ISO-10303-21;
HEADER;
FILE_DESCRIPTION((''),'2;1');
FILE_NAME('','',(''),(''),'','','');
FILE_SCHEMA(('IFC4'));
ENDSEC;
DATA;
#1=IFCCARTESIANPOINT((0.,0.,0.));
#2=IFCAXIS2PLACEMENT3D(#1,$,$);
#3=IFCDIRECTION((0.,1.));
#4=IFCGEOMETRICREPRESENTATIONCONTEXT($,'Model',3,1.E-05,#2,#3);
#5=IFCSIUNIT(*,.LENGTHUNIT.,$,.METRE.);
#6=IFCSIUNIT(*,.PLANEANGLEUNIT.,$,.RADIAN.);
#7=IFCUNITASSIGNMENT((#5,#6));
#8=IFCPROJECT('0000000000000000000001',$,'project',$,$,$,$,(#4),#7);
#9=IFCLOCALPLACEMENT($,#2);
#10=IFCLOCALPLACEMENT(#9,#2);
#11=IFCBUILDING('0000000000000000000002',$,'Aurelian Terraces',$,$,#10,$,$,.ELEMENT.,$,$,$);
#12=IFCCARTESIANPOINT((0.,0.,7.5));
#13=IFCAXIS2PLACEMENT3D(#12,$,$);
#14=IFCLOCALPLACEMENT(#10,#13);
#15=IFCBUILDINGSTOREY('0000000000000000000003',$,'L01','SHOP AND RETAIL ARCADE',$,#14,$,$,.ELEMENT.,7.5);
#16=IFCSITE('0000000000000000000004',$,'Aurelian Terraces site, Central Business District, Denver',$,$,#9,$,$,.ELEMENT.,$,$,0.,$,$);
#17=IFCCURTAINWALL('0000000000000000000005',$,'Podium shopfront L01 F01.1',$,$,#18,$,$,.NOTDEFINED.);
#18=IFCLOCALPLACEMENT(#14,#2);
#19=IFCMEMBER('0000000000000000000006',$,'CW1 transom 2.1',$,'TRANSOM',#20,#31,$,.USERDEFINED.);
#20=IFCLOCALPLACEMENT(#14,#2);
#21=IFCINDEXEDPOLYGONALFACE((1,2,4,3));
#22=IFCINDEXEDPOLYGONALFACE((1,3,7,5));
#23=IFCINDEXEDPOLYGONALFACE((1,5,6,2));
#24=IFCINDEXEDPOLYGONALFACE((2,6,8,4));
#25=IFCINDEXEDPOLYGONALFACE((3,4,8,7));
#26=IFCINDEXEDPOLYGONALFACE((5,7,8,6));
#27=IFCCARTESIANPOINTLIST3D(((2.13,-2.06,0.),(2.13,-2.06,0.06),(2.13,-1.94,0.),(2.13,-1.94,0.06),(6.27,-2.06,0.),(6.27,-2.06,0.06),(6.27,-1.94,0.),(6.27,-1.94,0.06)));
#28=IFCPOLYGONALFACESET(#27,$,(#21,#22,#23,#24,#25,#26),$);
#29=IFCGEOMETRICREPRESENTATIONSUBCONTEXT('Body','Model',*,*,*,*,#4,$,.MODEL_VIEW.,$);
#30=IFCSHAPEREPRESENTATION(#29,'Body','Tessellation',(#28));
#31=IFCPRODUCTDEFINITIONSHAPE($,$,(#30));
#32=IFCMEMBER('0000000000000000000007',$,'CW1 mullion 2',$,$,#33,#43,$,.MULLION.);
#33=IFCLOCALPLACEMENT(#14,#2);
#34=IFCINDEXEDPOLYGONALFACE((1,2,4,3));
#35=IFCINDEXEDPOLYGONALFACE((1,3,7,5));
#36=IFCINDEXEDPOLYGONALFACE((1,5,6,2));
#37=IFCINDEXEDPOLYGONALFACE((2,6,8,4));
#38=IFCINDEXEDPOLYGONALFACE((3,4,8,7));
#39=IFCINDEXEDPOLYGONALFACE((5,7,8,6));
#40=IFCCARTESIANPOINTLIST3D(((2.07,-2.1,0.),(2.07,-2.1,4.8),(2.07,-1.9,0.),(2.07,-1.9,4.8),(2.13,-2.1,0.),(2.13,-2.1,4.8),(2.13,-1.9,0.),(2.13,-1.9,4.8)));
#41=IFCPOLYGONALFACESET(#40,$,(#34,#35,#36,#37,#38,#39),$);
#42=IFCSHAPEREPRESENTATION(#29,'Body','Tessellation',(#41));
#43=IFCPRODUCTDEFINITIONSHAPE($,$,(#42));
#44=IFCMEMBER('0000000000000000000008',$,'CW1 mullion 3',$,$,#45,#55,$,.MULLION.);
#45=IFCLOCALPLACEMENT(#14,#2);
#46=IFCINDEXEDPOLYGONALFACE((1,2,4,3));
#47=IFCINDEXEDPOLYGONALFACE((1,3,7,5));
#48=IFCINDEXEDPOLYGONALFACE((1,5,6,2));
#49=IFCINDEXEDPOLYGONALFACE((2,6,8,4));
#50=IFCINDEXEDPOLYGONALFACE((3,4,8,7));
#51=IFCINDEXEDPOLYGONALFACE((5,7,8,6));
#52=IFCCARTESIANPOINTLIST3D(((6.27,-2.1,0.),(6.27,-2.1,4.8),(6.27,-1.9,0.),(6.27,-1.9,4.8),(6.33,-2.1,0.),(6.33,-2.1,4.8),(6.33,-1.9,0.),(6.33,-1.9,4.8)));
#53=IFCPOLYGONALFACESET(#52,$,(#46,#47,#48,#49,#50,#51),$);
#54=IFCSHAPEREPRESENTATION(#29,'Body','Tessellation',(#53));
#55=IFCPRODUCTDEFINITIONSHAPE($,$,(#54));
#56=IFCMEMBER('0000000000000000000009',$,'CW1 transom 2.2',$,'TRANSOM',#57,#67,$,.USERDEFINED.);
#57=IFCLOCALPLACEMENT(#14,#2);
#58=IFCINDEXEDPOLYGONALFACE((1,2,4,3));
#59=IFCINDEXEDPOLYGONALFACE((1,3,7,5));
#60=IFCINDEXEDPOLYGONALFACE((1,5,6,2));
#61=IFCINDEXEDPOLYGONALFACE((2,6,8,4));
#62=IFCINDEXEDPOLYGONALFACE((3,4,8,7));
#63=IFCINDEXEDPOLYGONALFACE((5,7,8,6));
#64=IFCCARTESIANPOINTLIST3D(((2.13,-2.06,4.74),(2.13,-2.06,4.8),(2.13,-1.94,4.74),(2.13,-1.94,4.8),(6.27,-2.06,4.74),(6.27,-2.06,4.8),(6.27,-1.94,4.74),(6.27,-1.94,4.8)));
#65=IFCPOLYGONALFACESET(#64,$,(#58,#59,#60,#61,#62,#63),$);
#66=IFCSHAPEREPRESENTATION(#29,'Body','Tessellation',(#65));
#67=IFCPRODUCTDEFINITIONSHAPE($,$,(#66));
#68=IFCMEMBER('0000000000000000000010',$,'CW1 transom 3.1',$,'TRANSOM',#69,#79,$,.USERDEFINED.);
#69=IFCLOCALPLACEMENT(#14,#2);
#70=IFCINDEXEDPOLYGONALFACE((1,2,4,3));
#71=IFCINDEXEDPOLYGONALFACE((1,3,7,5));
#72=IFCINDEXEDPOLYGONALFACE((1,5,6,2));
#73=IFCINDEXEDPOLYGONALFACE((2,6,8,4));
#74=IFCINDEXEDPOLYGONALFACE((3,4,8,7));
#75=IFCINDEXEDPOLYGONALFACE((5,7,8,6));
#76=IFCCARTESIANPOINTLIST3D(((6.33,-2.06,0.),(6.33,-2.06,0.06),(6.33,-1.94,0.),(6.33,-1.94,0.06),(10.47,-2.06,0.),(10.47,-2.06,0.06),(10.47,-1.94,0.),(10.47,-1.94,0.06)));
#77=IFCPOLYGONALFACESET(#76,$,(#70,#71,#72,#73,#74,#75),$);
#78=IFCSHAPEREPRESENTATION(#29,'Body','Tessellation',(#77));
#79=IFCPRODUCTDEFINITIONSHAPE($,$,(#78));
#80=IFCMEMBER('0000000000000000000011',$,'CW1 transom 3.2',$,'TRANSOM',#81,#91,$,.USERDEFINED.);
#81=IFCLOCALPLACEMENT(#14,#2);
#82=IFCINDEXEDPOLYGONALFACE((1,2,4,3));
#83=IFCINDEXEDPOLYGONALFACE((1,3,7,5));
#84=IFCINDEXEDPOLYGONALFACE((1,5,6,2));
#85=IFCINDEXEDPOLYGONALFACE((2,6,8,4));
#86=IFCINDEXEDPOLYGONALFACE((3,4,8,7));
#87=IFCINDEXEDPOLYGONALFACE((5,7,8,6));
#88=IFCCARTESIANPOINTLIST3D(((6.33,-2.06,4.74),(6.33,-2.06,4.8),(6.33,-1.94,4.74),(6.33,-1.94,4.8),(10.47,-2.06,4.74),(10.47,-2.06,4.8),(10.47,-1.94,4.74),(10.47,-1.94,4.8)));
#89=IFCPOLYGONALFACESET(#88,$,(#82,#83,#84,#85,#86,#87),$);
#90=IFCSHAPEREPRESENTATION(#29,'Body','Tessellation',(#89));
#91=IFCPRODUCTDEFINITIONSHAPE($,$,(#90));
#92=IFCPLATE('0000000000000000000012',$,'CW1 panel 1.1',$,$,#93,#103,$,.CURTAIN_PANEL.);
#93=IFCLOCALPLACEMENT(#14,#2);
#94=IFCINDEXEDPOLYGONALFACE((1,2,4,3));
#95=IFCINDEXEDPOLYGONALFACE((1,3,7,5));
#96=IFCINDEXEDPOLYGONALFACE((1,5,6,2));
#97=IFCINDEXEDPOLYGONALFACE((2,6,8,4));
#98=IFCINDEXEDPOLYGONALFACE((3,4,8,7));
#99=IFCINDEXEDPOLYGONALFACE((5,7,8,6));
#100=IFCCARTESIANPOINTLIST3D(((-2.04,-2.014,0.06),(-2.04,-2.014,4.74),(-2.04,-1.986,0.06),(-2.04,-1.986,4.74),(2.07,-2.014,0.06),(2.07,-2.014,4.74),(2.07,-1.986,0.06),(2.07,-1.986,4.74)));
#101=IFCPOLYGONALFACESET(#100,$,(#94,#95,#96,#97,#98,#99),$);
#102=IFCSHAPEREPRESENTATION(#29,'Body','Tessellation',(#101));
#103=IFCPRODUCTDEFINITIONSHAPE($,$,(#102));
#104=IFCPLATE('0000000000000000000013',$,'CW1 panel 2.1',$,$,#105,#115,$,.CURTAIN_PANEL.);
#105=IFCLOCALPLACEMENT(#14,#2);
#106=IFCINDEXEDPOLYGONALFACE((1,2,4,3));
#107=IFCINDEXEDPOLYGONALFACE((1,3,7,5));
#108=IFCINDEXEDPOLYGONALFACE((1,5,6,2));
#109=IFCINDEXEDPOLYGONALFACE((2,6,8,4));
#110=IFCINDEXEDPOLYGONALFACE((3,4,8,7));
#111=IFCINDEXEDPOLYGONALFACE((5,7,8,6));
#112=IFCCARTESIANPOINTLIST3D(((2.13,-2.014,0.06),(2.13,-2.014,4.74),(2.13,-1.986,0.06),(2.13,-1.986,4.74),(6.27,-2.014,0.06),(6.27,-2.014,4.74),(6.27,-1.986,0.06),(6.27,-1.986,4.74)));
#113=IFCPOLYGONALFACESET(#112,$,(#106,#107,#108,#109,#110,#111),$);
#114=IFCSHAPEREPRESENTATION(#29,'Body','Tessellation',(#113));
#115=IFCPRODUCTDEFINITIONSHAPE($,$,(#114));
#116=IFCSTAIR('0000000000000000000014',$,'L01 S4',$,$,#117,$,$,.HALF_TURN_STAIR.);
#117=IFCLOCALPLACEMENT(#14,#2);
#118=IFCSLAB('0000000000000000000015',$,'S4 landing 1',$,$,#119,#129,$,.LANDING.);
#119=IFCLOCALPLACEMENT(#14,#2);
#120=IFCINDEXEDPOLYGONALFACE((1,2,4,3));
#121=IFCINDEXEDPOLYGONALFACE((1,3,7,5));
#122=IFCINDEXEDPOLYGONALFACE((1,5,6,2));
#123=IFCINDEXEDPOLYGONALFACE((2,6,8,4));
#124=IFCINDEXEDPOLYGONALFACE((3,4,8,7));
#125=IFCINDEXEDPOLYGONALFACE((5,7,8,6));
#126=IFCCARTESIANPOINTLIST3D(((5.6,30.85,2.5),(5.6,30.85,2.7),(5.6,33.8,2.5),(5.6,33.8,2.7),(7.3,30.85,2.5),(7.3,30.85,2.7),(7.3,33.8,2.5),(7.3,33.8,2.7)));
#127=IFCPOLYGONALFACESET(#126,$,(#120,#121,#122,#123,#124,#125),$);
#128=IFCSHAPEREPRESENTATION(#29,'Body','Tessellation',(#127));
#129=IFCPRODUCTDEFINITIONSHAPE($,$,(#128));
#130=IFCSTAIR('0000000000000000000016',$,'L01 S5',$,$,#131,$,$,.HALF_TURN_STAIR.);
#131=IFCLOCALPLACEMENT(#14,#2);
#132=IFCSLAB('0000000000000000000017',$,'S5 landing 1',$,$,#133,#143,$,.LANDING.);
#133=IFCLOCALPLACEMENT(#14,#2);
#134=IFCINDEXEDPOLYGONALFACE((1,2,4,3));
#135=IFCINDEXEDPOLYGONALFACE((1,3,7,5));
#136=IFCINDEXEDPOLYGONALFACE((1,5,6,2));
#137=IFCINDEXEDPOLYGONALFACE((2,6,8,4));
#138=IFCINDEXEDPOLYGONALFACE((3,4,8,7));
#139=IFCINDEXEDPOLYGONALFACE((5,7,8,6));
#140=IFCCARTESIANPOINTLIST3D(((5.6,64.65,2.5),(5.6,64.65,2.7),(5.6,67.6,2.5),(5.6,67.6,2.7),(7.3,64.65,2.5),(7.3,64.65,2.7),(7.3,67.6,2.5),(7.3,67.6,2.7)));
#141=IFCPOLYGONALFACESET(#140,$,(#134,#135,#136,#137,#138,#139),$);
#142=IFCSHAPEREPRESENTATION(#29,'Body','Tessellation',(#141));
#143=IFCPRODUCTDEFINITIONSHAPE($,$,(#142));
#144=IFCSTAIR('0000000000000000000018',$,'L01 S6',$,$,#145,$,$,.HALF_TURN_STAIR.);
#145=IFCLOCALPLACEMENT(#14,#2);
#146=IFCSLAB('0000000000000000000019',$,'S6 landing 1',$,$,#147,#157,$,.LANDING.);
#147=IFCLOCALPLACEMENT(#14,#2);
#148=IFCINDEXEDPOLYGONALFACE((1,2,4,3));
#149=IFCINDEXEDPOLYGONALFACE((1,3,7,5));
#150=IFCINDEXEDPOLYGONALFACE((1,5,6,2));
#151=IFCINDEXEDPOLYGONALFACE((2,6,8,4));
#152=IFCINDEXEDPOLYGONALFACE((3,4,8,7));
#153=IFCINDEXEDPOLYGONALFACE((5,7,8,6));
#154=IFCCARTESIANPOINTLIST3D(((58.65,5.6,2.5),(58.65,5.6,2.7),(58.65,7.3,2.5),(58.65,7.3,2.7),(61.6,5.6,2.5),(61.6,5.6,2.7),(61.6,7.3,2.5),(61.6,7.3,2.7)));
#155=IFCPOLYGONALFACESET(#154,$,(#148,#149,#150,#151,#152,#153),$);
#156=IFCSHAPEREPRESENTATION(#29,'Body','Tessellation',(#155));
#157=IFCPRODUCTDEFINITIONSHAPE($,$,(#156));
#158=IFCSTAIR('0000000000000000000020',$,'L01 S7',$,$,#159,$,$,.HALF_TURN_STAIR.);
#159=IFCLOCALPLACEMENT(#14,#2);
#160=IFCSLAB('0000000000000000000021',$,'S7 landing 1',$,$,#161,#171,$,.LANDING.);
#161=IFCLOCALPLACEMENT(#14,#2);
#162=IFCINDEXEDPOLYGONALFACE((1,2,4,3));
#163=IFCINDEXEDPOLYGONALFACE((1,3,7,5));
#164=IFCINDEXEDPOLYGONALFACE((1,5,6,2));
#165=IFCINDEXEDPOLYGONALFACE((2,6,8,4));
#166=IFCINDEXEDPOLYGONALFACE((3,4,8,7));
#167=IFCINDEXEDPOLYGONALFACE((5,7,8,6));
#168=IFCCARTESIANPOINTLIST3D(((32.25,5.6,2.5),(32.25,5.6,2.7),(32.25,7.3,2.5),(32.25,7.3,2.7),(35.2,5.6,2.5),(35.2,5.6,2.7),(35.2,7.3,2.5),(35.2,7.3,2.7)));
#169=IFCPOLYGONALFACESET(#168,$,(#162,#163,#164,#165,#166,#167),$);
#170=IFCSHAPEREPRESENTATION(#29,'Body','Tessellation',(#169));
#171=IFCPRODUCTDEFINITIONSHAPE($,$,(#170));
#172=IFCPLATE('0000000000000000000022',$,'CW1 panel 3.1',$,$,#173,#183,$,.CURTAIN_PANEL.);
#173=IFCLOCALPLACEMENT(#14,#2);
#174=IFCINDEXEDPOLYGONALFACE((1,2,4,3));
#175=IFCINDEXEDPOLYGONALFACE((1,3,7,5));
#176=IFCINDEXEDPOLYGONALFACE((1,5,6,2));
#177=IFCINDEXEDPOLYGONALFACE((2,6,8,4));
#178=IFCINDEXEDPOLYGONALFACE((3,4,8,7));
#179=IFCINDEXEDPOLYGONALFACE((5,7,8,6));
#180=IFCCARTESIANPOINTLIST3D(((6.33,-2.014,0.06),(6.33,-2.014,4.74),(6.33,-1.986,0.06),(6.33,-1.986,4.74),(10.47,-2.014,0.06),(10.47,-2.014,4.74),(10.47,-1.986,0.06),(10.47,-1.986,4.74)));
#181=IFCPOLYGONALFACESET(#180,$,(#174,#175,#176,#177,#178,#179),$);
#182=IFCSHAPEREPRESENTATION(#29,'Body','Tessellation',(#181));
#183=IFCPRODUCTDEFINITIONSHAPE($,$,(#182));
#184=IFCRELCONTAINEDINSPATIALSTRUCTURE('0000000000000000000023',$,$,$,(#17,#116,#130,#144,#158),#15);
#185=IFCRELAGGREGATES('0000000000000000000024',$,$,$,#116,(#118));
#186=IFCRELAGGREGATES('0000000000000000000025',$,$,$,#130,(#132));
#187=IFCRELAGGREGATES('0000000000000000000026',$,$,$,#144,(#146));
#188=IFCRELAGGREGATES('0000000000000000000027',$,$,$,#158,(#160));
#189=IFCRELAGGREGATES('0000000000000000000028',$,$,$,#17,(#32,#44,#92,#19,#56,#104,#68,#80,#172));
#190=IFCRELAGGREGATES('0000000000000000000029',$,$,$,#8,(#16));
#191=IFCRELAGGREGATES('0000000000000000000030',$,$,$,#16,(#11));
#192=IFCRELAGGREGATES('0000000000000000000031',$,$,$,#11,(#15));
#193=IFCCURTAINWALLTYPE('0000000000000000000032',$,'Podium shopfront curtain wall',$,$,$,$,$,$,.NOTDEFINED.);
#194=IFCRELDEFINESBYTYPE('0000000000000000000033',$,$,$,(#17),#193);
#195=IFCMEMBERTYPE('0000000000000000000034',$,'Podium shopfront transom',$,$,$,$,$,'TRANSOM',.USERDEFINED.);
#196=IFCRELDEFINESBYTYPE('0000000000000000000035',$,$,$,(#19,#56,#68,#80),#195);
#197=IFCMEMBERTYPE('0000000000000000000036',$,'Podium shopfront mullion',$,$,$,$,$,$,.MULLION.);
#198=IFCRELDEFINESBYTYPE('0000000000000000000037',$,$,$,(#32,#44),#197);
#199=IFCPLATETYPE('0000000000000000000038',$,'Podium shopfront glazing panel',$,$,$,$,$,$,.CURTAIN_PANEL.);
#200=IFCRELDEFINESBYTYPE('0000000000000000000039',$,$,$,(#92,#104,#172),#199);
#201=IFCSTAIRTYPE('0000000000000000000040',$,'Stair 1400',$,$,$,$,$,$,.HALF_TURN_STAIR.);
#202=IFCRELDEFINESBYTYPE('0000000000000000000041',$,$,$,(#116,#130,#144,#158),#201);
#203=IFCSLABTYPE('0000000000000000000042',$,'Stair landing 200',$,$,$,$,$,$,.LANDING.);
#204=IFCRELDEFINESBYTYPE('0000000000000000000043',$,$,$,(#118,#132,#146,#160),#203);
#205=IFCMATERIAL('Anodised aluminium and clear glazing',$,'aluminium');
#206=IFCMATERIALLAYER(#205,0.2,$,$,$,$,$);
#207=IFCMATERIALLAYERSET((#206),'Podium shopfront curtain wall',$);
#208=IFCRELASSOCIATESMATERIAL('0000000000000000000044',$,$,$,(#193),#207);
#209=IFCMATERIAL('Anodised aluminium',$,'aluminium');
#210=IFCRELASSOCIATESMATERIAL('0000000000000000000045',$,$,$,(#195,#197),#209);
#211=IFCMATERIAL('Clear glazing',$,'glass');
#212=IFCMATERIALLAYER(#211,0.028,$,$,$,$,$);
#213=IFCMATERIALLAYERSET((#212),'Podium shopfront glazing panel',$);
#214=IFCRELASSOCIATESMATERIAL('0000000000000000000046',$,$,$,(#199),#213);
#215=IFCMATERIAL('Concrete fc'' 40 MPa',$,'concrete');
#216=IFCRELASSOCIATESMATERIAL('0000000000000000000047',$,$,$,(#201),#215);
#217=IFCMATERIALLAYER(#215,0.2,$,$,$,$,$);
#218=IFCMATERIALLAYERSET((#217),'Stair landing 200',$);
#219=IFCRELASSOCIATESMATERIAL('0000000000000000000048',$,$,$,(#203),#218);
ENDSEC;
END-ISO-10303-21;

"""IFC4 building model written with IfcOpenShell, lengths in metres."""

from ifc_helpers import new_model, si_unit, direction, frame, origin, origin_2d, place, context, subcontext, project, spatial, polyline, rectangle, outline, extrude, source, transform, mapped, material, layer, layer_set, material_profile, profile_set, type_object, element, aggregate, save


model = new_model("IFC4")

# Units and contexts
model_context = context("Model", 3, precision=1e-05, world=origin(), true_north=direction((0.0, 1.0)))
body_context = subcontext(model_context, "Body", "Model", "MODEL_VIEW")
ifc_project = project(units=[si_unit("LENGTHUNIT", "METRE"), si_unit("PLANEANGLEUNIT", "RADIAN")], contexts=[model_context])

# Site, building, storey
site_placement = place(None, origin())
site = spatial("IfcSite", under=ifc_project, at=site_placement, Name="Aurelian Terraces site, Central Business District, Denver", CompositionType="ELEMENT", RefElevation=0.0)
building_placement = place(site_placement, origin())
building = spatial("IfcBuilding", under=site, at=building_placement, Name="Aurelian Terraces", CompositionType="ELEMENT")
storey_placement = place(building_placement, frame((0.0, 0.0, 7.5)))
storey = spatial("IfcBuildingStorey", under=building, at=storey_placement, Name="L01", Description="SHOP AND RETAIL ARCADE", CompositionType="ELEMENT", Elevation=7.5)

# Curtain wall, members, plates
ifc_material_1 = material(Name="Anodised aluminium and clear glazing", Category="aluminium")
ifc_layer_1 = layer(ifc_material_1, 0.2)
ifc_layer_set_1 = layer_set([ifc_layer_1], Name="Podium shopfront curtain wall")
curtain_wall_type = type_object("IfcCurtainWallType", Name="Podium shopfront curtain wall", PredefinedType="NOTDEFINED", material=ifc_layer_set_1)
curtain_wall_placement = place(storey_placement, origin())
curtain_wall = element("IfcCurtainWall", 1, at=curtain_wall_placement, inside=storey, type_object=curtain_wall_type, Name="Podium shopfront L01 F01.1", PredefinedType="NOTDEFINED")
ifc_material_2 = material(Name="Anodised aluminium", Category="aluminium")
ifc_material_profile_1 = material_profile(ifc_material_2, rectangle(XDim=0.12, YDim=0.06, at=origin_2d()))
ifc_profile_set_1 = profile_set([ifc_material_profile_1], Name="Anodised aluminium")
member_type_1 = type_object("IfcMemberType", Name="Podium shopfront transom", ElementType="TRANSOM", PredefinedType="USERDEFINED", material=ifc_profile_set_1)
member_1_placement = place(storey_placement, frame((2.13, -2.0, 0.03), z_axis=(1.0, 0.0, 0.0), x_axis=(0.0, 1.0, 0.0)))
member_1 = element("IfcMember", 2, at=member_1_placement, type_object=member_type_1, Name="CW1 transom 2.1", ObjectType="TRANSOM", PredefinedType="USERDEFINED", context=body_context, shape_type="SweptSolid", body=[
    extrude(rectangle(XDim=0.12, YDim=0.06, at=origin_2d()), origin(), (0.0, 0.0, 1.0), 4.14),
])
ifc_material_profile_2 = material_profile(ifc_material_2, rectangle(XDim=0.2, YDim=0.06, at=origin_2d()))
ifc_profile_set_2 = profile_set([ifc_material_profile_2], Name="Anodised aluminium")
member_type_2 = type_object("IfcMemberType", Name="Podium shopfront mullion", PredefinedType="MULLION", material=ifc_profile_set_2)
shared_shape_1 = source(origin(), body_context, "Body", "SweptSolid", [
    extrude(rectangle(XDim=0.2, YDim=0.06, at=origin_2d()), origin(), (0.0, 0.0, 1.0), 4.8),
])
member_2_placement = place(storey_placement, frame((2.1, -2.0, 0.0), z_axis=(0.0, 0.0, 1.0), x_axis=(0.0, 1.0, 0.0)))
member_2 = element("IfcMember", 3, at=member_2_placement, type_object=member_type_2, Name="CW1 mullion 2", PredefinedType="MULLION", context=body_context, shape_type="MappedRepresentation", body=[
    mapped(shared_shape_1, transform((0.0, 0.0, 0.0), scale=1.0)),
])
member_3_placement = place(storey_placement, frame((6.3, -2.0, 0.0), z_axis=(0.0, 0.0, 1.0), x_axis=(0.0, 1.0, 0.0)))
member_3 = element("IfcMember", 4, at=member_3_placement, type_object=member_type_2, Name="CW1 mullion 3", PredefinedType="MULLION", context=body_context, shape_type="MappedRepresentation", body=[
    mapped(shared_shape_1, transform((0.0, 0.0, 0.0), scale=1.0)),
])
shared_shape_2 = source(origin(), body_context, "Body", "SweptSolid", [
    extrude(rectangle(XDim=0.12, YDim=0.06, at=origin_2d()), origin(), (0.0, 0.0, 1.0), 4.14),
])
member_4_placement = place(storey_placement, frame((2.13, -2.0, 4.77), z_axis=(1.0, 0.0, 0.0), x_axis=(0.0, 1.0, 0.0)))
member_4 = element("IfcMember", 5, at=member_4_placement, type_object=member_type_1, Name="CW1 transom 2.2", ObjectType="TRANSOM", PredefinedType="USERDEFINED", context=body_context, shape_type="MappedRepresentation", body=[
    mapped(shared_shape_2, transform((0.0, 0.0, 0.0), scale=1.0)),
])
member_5_placement = place(storey_placement, frame((6.33, -2.0, 0.03), z_axis=(1.0, 0.0, 0.0), x_axis=(0.0, 1.0, 0.0)))
member_5 = element("IfcMember", 6, at=member_5_placement, type_object=member_type_1, Name="CW1 transom 3.1", ObjectType="TRANSOM", PredefinedType="USERDEFINED", context=body_context, shape_type="MappedRepresentation", body=[
    mapped(shared_shape_2, transform((0.0, 0.0, 0.0), scale=1.0)),
])
member_6_placement = place(storey_placement, frame((6.33, -2.0, 4.77), z_axis=(1.0, 0.0, 0.0), x_axis=(0.0, 1.0, 0.0)))
member_6 = element("IfcMember", 7, at=member_6_placement, type_object=member_type_1, Name="CW1 transom 3.2", ObjectType="TRANSOM", PredefinedType="USERDEFINED", context=body_context, shape_type="MappedRepresentation", body=[
    mapped(shared_shape_2, transform((0.0, 0.0, 0.0), scale=1.0)),
])
ifc_material_3 = material(Name="Clear glazing", Category="glass")
ifc_layer_2 = layer(ifc_material_3, 0.028)
ifc_layer_set_2 = layer_set([ifc_layer_2], Name="Podium shopfront glazing panel")
plate_type = type_object("IfcPlateType", Name="Podium shopfront glazing panel", PredefinedType="CURTAIN_PANEL", material=ifc_layer_set_2)
plate_1_placement = place(storey_placement, frame((0.015, -2.0, 0.06), z_axis=(0.0, 0.0, 1.0), x_axis=(1.0, 0.0, 0.0)))
plate_1 = element("IfcPlate", 8, at=plate_1_placement, type_object=plate_type, Name="CW1 panel 1.1", PredefinedType="CURTAIN_PANEL", context=body_context, shape_type="SweptSolid", body=[
    extrude(rectangle(XDim=4.11, YDim=0.028, at=origin_2d()), origin(), (0.0, 0.0, 1.0), 4.68),
])
plate_2_placement = place(storey_placement, frame((4.2, -2.0, 0.06), z_axis=(0.0, 0.0, 1.0), x_axis=(1.0, 0.0, 0.0)))
plate_2 = element("IfcPlate", 9, at=plate_2_placement, type_object=plate_type, Name="CW1 panel 2.1", PredefinedType="CURTAIN_PANEL", context=body_context, shape_type="SweptSolid", body=[
    extrude(rectangle(XDim=4.14, YDim=0.028, at=origin_2d()), origin(), (0.0, 0.0, 1.0), 4.68),
])

# Stairs, slabs
ifc_material_4 = material(Name="Concrete fc' 40 MPa", Category="concrete")
stair_type = type_object("IfcStairType", Name="Stair 1400", PredefinedType="HALF_TURN_STAIR", material=ifc_material_4)
stair_1_placement = place(storey_placement, origin())
stair_1 = element("IfcStair", 10, at=stair_1_placement, inside=storey, type_object=stair_type, Name="L01 S4", PredefinedType="HALF_TURN_STAIR")
ifc_layer_3 = layer(ifc_material_4, 0.2)
ifc_layer_set_3 = layer_set([ifc_layer_3], Name="Stair landing 200")
slab_type = type_object("IfcSlabType", Name="Stair landing 200", PredefinedType="LANDING", material=ifc_layer_set_3)
slab_1_placement = place(storey_placement, frame((0.0, 0.0, 2.5)))
slab_1 = element("IfcSlab", 11, at=slab_1_placement, type_object=slab_type, Name="S4 landing 1", PredefinedType="LANDING", context=body_context, shape_type="SweptSolid", body=[
    extrude(outline(polyline([(5.6, 30.85), (7.3, 30.85), (7.3, 33.8), (5.6, 33.8), (5.6, 30.85)])), origin(), (0.0, 0.0, 1.0), 0.2),
])
aggregate(stair_1, [slab_1])
stair_2_placement = place(storey_placement, origin())
stair_2 = element("IfcStair", 12, at=stair_2_placement, inside=storey, type_object=stair_type, Name="L01 S5", PredefinedType="HALF_TURN_STAIR")
slab_2_placement = place(storey_placement, frame((0.0, 0.0, 2.5)))
slab_2 = element("IfcSlab", 13, at=slab_2_placement, type_object=slab_type, Name="S5 landing 1", PredefinedType="LANDING", context=body_context, shape_type="SweptSolid", body=[
    extrude(outline(polyline([(5.6, 64.65), (7.3, 64.65), (7.3, 67.6), (5.6, 67.6), (5.6, 64.65)])), origin(), (0.0, 0.0, 1.0), 0.2),
])
aggregate(stair_2, [slab_2])
stair_3_placement = place(storey_placement, origin())
stair_3 = element("IfcStair", 14, at=stair_3_placement, inside=storey, type_object=stair_type, Name="L01 S6", PredefinedType="HALF_TURN_STAIR")
slab_3_placement = place(storey_placement, frame((0.0, 0.0, 2.5)))
slab_3 = element("IfcSlab", 15, at=slab_3_placement, type_object=slab_type, Name="S6 landing 1", PredefinedType="LANDING", context=body_context, shape_type="SweptSolid", body=[
    extrude(outline(polyline([(61.6, 5.6), (61.6, 7.3), (58.65, 7.3), (58.65, 5.6), (61.6, 5.6)])), origin(), (0.0, 0.0, 1.0), 0.2),
])
aggregate(stair_3, [slab_3])
stair_4_placement = place(storey_placement, origin())
stair_4 = element("IfcStair", 16, at=stair_4_placement, inside=storey, type_object=stair_type, Name="L01 S7", PredefinedType="HALF_TURN_STAIR")
slab_4_placement = place(storey_placement, frame((0.0, 0.0, 2.5)))
slab_4 = element("IfcSlab", 17, at=slab_4_placement, type_object=slab_type, Name="S7 landing 1", PredefinedType="LANDING", context=body_context, shape_type="SweptSolid", body=[
    extrude(outline(polyline([(35.2, 5.6), (35.2, 7.3), (32.25, 7.3), (32.25, 5.6), (35.2, 5.6)])), origin(), (0.0, 0.0, 1.0), 0.2),
])
aggregate(stair_4, [slab_4])

# Plate
shared_shape_3 = source(origin(), body_context, "Body", "SweptSolid", [
    extrude(rectangle(XDim=4.14, YDim=0.028, at=origin_2d()), origin(), (0.0, 0.0, 1.0), 4.68),
])
plate_3_placement = place(storey_placement, frame((8.4, -2.0, 0.06), z_axis=(0.0, 0.0, 1.0), x_axis=(1.0, 0.0, 0.0)))
plate_3 = element("IfcPlate", 18, at=plate_3_placement, type_object=plate_type, Name="CW1 panel 3.1", PredefinedType="CURTAIN_PANEL", context=body_context, shape_type="MappedRepresentation", body=[
    mapped(shared_shape_3, transform((0.0, 0.0, 0.0), scale=1.0)),
])
aggregate(curtain_wall, [member_2, member_3, plate_1, member_1, member_4, plate_2, member_5, member_6, plate_3])

save(model, "model.ifc")
